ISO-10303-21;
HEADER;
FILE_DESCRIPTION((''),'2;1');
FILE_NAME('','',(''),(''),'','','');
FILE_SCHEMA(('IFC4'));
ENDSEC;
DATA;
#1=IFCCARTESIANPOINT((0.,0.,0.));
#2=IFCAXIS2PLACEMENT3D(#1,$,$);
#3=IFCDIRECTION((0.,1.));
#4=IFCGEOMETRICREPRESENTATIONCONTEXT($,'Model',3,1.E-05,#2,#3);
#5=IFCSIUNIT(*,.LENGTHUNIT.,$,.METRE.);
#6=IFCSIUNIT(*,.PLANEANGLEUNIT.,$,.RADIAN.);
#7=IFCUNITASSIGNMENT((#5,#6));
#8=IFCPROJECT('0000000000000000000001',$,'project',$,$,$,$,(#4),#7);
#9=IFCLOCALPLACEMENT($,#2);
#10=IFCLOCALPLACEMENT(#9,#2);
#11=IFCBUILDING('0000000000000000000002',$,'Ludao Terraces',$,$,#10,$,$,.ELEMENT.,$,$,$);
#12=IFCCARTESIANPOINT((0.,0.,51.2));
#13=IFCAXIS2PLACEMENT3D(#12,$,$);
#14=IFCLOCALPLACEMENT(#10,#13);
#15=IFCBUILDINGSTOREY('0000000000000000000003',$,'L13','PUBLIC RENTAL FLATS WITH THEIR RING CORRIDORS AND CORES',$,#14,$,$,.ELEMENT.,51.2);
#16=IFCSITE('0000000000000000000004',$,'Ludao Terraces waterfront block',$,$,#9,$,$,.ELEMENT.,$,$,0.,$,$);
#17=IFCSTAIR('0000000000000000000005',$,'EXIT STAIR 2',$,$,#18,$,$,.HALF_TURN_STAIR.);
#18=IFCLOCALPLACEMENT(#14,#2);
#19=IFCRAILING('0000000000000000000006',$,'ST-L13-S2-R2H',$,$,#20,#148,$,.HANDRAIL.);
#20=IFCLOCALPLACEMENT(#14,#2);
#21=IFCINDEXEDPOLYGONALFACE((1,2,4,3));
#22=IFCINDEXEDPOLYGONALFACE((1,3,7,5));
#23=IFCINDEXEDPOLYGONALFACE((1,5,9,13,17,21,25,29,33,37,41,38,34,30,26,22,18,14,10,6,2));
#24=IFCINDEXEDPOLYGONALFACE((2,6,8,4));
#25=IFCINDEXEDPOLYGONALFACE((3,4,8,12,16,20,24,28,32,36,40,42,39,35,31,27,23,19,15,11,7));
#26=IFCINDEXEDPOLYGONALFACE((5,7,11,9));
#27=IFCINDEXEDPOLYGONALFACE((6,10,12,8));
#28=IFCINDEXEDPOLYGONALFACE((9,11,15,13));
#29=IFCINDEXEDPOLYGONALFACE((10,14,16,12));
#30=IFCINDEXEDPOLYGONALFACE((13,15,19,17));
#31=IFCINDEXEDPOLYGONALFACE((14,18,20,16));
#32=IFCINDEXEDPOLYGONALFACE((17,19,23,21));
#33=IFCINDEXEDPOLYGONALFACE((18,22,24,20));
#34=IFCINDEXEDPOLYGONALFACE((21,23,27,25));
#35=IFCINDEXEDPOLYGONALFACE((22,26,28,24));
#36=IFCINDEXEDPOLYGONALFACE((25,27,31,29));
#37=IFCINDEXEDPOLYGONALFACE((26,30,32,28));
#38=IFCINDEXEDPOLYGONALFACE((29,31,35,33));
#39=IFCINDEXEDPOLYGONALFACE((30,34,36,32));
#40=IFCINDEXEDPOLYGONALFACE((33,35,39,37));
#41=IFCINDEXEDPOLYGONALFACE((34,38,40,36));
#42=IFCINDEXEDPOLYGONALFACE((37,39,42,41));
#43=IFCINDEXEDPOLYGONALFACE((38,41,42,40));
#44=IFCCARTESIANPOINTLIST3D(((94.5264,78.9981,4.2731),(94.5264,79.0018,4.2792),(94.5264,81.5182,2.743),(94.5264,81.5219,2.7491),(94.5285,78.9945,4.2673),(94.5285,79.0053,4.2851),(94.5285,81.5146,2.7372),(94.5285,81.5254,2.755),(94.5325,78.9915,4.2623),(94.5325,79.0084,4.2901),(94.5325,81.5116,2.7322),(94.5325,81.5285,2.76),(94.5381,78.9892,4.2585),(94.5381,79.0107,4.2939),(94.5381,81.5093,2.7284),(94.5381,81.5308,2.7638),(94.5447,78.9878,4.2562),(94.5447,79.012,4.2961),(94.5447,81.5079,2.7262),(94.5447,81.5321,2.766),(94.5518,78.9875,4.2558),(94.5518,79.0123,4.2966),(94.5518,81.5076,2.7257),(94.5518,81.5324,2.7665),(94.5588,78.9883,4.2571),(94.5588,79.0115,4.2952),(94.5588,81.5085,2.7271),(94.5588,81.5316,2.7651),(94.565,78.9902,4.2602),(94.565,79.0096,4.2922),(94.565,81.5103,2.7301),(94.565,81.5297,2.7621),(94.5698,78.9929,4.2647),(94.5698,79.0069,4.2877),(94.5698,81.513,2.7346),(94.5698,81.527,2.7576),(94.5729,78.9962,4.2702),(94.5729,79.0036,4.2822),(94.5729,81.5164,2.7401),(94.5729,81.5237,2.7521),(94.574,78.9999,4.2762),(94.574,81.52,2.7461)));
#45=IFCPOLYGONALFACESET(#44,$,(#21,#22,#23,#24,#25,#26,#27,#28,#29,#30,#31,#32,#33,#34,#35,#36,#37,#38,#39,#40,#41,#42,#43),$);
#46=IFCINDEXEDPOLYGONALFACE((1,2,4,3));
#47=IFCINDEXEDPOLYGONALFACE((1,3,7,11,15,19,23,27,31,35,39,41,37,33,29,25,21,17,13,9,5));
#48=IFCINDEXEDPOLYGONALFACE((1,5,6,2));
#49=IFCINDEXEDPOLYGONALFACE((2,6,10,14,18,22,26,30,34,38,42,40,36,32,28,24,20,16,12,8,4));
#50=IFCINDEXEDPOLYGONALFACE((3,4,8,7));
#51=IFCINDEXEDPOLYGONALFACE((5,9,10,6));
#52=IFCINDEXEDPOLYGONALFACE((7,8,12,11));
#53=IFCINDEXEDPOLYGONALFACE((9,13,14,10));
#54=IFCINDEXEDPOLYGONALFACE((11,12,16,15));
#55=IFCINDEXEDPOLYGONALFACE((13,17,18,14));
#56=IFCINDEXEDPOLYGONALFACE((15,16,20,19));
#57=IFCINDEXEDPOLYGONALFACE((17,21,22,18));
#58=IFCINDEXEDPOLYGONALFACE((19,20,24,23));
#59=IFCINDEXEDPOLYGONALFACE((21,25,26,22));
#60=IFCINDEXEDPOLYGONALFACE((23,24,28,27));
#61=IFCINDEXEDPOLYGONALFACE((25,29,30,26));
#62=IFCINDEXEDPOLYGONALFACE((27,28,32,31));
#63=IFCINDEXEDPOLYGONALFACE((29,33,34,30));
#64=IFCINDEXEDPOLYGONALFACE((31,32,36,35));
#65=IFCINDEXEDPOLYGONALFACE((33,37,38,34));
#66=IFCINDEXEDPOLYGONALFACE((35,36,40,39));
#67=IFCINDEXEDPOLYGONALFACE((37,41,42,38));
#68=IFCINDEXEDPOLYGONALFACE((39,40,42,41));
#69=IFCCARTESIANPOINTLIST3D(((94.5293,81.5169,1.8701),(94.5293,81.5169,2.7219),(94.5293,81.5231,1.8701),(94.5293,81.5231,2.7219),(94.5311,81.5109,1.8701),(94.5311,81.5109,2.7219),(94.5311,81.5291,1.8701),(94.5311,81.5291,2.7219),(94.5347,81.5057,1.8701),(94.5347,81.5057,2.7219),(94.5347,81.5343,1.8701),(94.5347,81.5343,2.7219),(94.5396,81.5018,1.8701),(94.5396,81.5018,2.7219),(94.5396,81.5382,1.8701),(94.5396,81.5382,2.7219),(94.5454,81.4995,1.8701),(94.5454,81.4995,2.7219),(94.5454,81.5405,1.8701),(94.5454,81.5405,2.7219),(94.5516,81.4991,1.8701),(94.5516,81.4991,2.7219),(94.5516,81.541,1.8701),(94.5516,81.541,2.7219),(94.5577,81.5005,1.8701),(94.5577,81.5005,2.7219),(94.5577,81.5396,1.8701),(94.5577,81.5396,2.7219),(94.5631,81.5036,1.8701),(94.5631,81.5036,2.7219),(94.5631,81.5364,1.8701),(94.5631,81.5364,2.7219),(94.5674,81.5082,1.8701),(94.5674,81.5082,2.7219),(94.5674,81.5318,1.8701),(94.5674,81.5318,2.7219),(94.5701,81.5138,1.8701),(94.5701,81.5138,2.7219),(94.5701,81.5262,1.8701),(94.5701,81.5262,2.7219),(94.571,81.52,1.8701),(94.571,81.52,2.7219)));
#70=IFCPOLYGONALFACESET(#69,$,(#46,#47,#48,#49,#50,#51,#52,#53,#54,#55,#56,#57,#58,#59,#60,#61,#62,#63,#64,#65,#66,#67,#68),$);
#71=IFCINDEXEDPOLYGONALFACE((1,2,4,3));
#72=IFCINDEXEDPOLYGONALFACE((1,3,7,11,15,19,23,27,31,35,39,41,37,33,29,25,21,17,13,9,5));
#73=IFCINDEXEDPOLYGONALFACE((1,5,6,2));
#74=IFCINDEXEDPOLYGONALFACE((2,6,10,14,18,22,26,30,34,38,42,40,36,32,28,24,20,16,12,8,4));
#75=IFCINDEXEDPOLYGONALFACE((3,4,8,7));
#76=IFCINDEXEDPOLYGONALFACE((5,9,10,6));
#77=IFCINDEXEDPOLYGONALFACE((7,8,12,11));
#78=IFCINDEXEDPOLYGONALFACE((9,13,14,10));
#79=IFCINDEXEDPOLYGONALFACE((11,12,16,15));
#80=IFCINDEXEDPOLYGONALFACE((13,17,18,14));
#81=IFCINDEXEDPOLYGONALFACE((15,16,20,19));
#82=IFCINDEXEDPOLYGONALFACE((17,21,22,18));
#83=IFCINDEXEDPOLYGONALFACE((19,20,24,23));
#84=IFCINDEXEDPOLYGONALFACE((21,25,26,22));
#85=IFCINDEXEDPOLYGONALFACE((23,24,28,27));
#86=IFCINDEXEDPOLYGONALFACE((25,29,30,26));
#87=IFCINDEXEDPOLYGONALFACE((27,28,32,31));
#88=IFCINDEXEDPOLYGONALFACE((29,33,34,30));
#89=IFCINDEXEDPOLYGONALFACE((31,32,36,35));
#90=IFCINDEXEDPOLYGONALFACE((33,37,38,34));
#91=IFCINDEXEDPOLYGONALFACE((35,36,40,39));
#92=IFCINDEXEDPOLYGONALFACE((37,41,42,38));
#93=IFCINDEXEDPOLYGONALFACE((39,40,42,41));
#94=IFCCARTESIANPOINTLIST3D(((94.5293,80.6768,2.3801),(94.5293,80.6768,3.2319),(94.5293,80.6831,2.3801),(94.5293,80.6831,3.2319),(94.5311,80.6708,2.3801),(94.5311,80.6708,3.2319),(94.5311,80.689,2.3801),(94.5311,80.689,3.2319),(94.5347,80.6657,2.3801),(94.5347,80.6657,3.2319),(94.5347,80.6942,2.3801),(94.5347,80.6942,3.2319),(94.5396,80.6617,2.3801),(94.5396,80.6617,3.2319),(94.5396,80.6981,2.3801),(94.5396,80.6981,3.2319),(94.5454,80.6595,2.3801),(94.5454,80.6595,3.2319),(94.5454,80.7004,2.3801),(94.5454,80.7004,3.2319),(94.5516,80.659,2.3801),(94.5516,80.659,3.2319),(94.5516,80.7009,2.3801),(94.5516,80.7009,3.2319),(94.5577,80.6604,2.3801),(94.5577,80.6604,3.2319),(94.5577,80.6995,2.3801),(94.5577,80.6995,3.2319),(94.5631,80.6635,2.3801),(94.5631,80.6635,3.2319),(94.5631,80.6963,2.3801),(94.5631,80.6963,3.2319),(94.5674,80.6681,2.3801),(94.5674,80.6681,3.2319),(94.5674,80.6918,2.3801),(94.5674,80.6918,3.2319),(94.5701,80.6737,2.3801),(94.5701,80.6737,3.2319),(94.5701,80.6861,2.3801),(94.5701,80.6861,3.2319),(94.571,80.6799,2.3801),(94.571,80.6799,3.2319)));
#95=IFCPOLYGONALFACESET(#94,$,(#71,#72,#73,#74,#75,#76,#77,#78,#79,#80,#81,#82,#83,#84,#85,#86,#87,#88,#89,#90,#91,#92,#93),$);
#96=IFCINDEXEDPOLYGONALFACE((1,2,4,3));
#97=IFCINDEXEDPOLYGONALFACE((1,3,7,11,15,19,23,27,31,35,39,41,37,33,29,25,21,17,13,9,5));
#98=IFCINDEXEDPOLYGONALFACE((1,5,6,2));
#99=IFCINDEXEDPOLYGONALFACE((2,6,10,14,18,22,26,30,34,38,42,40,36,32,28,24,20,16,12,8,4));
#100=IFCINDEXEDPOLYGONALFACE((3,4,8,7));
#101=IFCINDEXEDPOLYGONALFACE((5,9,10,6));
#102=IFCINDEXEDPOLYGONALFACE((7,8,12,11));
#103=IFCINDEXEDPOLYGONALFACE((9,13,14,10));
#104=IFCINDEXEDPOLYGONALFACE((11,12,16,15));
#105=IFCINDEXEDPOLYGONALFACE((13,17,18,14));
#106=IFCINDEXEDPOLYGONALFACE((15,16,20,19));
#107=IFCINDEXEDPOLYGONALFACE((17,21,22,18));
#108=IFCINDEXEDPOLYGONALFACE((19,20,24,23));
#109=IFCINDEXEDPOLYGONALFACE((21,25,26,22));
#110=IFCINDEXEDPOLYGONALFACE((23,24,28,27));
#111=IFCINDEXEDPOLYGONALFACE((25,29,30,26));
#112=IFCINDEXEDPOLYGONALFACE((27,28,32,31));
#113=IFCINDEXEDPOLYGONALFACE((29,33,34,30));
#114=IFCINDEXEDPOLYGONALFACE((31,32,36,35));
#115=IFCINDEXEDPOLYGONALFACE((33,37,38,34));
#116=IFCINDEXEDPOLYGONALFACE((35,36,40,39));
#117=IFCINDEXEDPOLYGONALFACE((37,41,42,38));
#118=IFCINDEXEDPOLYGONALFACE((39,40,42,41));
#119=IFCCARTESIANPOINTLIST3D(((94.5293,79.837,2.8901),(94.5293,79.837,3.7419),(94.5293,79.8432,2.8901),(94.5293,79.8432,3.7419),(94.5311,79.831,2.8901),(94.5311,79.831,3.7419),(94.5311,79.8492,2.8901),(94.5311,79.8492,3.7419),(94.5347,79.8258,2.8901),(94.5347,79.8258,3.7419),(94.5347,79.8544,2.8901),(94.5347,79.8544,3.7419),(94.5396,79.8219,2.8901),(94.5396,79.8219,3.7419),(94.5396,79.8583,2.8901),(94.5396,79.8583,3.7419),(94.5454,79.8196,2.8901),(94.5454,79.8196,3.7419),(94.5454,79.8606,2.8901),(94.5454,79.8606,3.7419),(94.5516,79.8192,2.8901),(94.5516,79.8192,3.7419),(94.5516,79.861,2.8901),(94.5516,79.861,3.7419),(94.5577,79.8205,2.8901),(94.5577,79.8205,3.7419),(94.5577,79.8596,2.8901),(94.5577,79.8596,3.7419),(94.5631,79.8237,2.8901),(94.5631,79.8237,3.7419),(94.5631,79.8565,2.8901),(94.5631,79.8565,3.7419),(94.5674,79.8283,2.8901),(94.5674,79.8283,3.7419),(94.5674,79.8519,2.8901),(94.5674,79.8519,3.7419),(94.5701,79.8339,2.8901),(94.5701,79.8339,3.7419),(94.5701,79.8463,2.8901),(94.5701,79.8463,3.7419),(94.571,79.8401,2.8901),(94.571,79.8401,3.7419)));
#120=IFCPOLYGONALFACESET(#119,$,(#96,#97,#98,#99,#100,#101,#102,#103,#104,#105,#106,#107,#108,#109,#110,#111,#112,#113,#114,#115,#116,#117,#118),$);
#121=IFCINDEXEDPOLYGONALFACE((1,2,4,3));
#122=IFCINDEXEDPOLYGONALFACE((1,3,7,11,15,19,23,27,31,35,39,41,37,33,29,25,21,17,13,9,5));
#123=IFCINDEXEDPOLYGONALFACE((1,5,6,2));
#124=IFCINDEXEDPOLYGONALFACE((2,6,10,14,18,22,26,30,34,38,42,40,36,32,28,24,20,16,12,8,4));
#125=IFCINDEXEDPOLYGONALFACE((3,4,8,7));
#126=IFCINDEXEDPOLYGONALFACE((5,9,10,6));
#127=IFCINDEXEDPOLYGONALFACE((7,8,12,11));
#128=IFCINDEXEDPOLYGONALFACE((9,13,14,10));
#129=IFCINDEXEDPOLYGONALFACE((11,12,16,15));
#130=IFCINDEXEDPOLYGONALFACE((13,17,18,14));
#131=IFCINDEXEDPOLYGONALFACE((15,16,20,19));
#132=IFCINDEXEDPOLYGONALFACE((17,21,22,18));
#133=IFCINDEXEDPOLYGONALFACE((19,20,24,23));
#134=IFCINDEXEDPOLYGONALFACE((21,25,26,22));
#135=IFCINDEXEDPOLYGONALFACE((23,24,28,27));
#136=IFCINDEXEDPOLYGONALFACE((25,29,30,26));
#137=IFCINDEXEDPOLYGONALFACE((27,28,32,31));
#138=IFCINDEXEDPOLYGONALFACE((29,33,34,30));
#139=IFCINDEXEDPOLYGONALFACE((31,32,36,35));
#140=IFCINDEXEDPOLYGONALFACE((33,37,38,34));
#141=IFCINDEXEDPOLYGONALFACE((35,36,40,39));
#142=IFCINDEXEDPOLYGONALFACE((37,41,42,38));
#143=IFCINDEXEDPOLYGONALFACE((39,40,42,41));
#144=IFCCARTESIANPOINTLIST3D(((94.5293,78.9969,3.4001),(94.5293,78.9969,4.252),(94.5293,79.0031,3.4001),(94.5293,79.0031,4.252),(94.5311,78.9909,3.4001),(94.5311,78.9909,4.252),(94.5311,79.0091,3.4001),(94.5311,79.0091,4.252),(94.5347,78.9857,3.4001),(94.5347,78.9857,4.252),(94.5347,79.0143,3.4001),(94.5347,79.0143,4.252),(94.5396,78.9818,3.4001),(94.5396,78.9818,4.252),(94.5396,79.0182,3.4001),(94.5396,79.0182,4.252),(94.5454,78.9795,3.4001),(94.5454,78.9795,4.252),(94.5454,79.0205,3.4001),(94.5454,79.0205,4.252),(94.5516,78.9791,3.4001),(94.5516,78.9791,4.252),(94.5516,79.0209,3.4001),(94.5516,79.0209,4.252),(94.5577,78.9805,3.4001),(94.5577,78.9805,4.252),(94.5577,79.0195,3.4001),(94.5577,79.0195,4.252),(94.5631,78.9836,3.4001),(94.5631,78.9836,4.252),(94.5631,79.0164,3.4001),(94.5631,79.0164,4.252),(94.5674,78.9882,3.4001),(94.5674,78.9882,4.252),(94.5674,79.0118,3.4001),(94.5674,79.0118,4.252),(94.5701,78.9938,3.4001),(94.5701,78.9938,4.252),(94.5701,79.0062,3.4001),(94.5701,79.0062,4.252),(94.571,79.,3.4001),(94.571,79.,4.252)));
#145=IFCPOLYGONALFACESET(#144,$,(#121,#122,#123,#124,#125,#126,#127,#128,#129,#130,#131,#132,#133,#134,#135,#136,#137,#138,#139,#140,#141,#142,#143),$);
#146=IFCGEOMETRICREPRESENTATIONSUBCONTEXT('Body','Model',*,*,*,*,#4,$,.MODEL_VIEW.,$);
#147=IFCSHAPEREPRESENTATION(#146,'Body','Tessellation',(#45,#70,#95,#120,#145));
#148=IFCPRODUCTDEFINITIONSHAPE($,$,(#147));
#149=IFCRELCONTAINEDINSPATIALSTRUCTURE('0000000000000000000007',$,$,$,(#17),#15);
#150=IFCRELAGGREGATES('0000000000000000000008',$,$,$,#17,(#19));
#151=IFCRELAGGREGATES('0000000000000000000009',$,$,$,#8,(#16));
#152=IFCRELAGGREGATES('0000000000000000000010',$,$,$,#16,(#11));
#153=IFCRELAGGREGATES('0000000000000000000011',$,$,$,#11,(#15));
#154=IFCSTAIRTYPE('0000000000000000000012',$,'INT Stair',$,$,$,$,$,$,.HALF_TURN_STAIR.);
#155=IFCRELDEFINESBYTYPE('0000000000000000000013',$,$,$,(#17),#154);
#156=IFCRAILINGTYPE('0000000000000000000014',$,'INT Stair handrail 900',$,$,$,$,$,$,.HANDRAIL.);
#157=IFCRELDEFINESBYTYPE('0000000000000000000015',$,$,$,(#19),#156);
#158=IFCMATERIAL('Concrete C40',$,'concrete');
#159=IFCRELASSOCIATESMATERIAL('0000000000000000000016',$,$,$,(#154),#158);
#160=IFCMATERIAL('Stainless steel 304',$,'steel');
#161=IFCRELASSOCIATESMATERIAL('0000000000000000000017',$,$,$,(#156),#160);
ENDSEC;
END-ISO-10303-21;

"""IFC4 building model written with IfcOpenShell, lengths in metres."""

from ifc_helpers import new_model, si_unit, direction, frame, origin, origin_2d, place, context, subcontext, project, spatial, circle, extrude, material, type_object, element, aggregate, save


model = new_model("IFC4")

# Units and contexts
model_context = context("Model", 3, precision=1e-05, world=origin(), true_north=direction((0.0, 1.0)))
body_context = subcontext(model_context, "Body", "Model", "MODEL_VIEW")
ifc_project = project(units=[si_unit("LENGTHUNIT", "METRE"), si_unit("PLANEANGLEUNIT", "RADIAN")], contexts=[model_context])

# Site, building, storey
site_placement = place(None, origin())
site = spatial("IfcSite", under=ifc_project, at=site_placement, Name="Ludao Terraces waterfront block", CompositionType="ELEMENT", RefElevation=0.0)
building_placement = place(site_placement, origin())
building = spatial("IfcBuilding", under=site, at=building_placement, Name="Ludao Terraces", CompositionType="ELEMENT")
storey_placement = place(building_placement, frame((0.0, 0.0, 51.2)))
storey = spatial("IfcBuildingStorey", under=building, at=storey_placement, Name="L13", Description="PUBLIC RENTAL FLATS WITH THEIR RING CORRIDORS AND CORES", CompositionType="ELEMENT", Elevation=51.2)

# Shared definitions
ifc_material_1 = material(Name="Concrete C40", Category="concrete")

# Stair, railing
stair_type = type_object("IfcStairType", Name="INT Stair", PredefinedType="HALF_TURN_STAIR", material=ifc_material_1)
stair_placement = place(storey_placement, origin())
stair = element("IfcStair", 1, at=stair_placement, inside=storey, type_object=stair_type, Name="EXIT STAIR 2", PredefinedType="HALF_TURN_STAIR")
ifc_material_2 = material(Name="Stainless steel 304", Category="steel")
railing_type = type_object("IfcRailingType", Name="INT Stair handrail 900", PredefinedType="HANDRAIL", material=ifc_material_2)
railing_placement = place(storey_placement, frame((94.55, 81.52, 1.8701)))
railing = element("IfcRailing", 2, at=railing_placement, type_object=railing_type, Name="ST-L13-S2-R2H", PredefinedType="HANDRAIL", context=body_context, shape_type="SweptSolid", body=[
    extrude(circle(Radius=0.0239, at=origin_2d()), frame((0.0, 0.0, 0.876), z_axis=(0.0, -0.854785, 0.518982), x_axis=(1.0, 0.0, 0.0)), (0.0, 0.0, 1.0), 2.9482),
    extrude(circle(Radius=0.021, at=origin_2d()), origin(), (0.0, 0.0, 1.0), 0.8518),
    extrude(circle(Radius=0.021, at=origin_2d()), frame((0.0, -0.8401, 0.51)), (0.0, 0.0, 1.0), 0.8518),
    extrude(circle(Radius=0.021, at=origin_2d()), frame((0.0, -1.6799, 1.02)), (0.0, 0.0, 1.0), 0.8518),
    extrude(circle(Radius=0.021, at=origin_2d()), frame((0.0, -2.52, 1.53)), (0.0, 0.0, 1.0), 0.8518),
])
aggregate(stair, [railing])

save(model, "model.ifc")
